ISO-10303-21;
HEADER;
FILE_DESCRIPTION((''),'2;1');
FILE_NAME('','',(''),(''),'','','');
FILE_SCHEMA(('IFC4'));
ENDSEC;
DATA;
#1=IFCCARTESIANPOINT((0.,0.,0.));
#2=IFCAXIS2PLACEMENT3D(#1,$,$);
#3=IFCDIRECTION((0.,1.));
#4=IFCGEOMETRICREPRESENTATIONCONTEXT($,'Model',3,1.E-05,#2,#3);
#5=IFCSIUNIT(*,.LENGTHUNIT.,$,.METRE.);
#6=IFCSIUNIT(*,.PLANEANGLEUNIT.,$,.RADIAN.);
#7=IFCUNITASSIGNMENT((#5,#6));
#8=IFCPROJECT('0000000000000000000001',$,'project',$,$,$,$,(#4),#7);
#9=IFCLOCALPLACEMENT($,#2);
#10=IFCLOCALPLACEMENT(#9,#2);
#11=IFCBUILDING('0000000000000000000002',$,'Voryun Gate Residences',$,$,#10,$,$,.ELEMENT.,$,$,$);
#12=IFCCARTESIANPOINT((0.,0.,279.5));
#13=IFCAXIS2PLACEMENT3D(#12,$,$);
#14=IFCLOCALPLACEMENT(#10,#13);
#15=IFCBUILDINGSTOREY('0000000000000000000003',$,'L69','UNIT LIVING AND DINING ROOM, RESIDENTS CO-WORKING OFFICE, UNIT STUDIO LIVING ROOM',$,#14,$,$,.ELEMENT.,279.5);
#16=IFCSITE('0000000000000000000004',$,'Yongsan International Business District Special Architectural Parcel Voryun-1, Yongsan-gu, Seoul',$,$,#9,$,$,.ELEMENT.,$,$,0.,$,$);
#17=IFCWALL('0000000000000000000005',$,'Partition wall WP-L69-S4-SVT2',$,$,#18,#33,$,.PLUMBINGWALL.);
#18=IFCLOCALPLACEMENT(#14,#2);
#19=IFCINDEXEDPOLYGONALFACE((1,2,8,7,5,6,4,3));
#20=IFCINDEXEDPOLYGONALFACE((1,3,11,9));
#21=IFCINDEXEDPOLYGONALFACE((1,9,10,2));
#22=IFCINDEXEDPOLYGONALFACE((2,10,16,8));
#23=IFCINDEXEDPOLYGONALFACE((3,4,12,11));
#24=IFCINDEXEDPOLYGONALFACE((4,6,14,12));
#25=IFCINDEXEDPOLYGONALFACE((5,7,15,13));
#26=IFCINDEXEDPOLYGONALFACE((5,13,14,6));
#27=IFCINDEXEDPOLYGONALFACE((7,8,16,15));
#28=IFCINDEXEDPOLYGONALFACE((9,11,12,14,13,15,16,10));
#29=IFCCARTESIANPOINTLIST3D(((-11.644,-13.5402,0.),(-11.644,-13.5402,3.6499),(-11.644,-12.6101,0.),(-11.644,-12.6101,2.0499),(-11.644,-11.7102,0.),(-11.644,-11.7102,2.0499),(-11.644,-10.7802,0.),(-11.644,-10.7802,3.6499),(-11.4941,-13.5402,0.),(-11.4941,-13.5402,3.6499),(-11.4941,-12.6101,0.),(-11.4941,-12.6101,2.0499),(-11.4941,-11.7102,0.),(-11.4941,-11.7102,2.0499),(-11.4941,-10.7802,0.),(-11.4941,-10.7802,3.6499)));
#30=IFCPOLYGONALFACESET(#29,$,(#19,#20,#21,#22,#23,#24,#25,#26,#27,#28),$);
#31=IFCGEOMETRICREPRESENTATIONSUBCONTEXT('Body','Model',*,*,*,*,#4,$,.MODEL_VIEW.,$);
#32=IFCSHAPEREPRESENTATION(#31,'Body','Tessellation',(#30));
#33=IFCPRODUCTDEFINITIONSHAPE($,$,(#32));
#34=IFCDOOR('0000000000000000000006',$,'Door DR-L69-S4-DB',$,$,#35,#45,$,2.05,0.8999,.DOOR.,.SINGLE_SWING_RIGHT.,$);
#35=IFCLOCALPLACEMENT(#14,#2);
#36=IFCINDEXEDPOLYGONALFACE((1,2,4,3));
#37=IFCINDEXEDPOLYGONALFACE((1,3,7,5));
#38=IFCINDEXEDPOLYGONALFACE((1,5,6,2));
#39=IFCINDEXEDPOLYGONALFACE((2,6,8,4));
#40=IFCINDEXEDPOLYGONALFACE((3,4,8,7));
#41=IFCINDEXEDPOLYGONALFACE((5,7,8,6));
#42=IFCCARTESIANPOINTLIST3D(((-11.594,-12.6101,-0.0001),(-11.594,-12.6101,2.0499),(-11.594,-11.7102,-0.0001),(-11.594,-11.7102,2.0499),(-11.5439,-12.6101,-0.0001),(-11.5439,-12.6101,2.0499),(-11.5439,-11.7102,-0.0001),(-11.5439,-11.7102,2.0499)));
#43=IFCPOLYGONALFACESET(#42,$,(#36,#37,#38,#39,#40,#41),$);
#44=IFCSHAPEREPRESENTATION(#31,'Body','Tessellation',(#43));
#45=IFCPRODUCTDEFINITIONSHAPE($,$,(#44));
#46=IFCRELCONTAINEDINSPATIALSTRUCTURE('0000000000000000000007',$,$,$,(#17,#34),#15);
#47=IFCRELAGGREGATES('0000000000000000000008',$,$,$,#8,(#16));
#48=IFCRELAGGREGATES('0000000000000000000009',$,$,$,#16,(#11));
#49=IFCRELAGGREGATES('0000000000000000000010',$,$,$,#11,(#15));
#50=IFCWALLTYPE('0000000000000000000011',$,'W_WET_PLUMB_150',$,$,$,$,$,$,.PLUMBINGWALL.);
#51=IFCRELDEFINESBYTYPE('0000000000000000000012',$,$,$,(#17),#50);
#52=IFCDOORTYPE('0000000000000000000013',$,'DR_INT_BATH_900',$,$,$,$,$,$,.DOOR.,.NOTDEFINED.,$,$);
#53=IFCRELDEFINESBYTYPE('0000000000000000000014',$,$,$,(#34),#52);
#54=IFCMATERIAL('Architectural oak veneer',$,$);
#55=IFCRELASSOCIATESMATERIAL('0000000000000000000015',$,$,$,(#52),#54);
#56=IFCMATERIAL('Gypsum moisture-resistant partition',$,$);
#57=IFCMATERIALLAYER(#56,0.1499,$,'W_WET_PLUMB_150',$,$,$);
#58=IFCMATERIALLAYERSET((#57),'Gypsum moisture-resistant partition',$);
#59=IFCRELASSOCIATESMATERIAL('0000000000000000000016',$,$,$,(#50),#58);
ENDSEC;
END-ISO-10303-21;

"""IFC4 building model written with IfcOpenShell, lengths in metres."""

from ifc_helpers import new_model, si_unit, direction, frame, frame_2d, origin, place, context, subcontext, project, spatial, rectangle, extrude, material, layer, layer_set, type_object, element, fill, save


model = new_model("IFC4")

# Units and contexts
model_context = context("Model", 3, precision=1e-05, world=origin(), true_north=direction((0.0, 1.0)))
body_context = subcontext(model_context, "Body", "Model", "MODEL_VIEW")
ifc_project = project(units=[si_unit("LENGTHUNIT", "METRE"), si_unit("PLANEANGLEUNIT", "RADIAN")], contexts=[model_context])

# Site, building, storey
site_placement = place(None, origin())
site = spatial("IfcSite", under=ifc_project, at=site_placement, Name="Yongsan International Business District Special Architectural Parcel Voryun-1, Yongsan-gu, Seoul", CompositionType="ELEMENT", RefElevation=0.0)
building_placement = place(site_placement, origin())
building = spatial("IfcBuilding", under=site, at=building_placement, Name="Voryun Gate Residences", CompositionType="ELEMENT")
storey_placement = place(building_placement, frame((0.0, 0.0, 279.5)))
storey = spatial("IfcBuildingStorey", under=building, at=storey_placement, Name="L69", Description="UNIT LIVING AND DINING ROOM, RESIDENTS CO-WORKING OFFICE, UNIT STUDIO LIVING ROOM", CompositionType="ELEMENT", Elevation=279.5)

# Shared definitions
ifc_material_1 = material(Name="Architectural oak veneer")
door_type_1 = type_object("IfcDoorType", Name="DR_INT_BATH_900", OperationType="NOTDEFINED", PredefinedType="DOOR", material=ifc_material_1)

# Wall, opening, door
ifc_material_2 = material(Name="Gypsum moisture-resistant partition")
ifc_layer_1 = layer(ifc_material_2, 0.1499, Name="W_WET_PLUMB_150")
ifc_layer_set_1 = layer_set([ifc_layer_1], Name="Gypsum moisture-resistant partition")
wall_type_1 = type_object("IfcWallType", Name="W_WET_PLUMB_150", PredefinedType="PLUMBINGWALL", material=ifc_layer_set_1)
wall_1_placement = place(storey_placement, frame((-11.5691, -13.54, 0.0), z_axis=(0.0, 0.0, 1.0), x_axis=(0.0, 1.0, 0.0)))
wall_1 = element("IfcWall", 1, at=wall_1_placement, inside=storey, type_object=wall_type_1, Name="Partition wall WP-L69-S4-SVT2", PredefinedType="PLUMBINGWALL", context=body_context, shape_type="SweptSolid", body=[
    extrude(rectangle(XDim=2.76, YDim=0.1499, at=frame_2d((1.3799, 0.0))), origin(), (0.0, 0.0, 1.0), 3.6499),
])
opening_1_placement = place(wall_1_placement, frame((0.9299, 0.0, 0.0)))
opening_1 = element("IfcOpeningElement", 2, at=opening_1_placement, cuts=wall_1, PredefinedType="OPENING", context=body_context, shape_type="SweptSolid", body=[
    extrude(rectangle(XDim=0.8999, YDim=2.05, at=frame_2d((0.45, 1.0249))), frame((0.0, 0.085, 0.0), z_axis=(0.0, -1.0, 0.0), x_axis=(1.0, 0.0, 0.0)), (0.0, 0.0, 1.0), 0.1699),
])
door_1_placement = place(opening_1_placement, origin())
door_1 = element("IfcDoor", 3, at=door_1_placement, inside=storey, type_object=door_type_1, Name="Door DR-L69-S4-DB", OperationType="SINGLE_SWING_RIGHT", OverallHeight=2.05, OverallWidth=0.8999, PredefinedType="DOOR", context=body_context, shape_type="SweptSolid", body=[
    extrude(rectangle(XDim=0.8999, YDim=2.05, at=frame_2d((0.45, 1.0249))), frame((0.0, 0.0249, 0.0), z_axis=(0.0, -1.0, 0.0), x_axis=(1.0, 0.0, 0.0)), (0.0, 0.0, 1.0), 0.05),
])
fill(opening_1, door_1)

save(model, "model.ifc")
